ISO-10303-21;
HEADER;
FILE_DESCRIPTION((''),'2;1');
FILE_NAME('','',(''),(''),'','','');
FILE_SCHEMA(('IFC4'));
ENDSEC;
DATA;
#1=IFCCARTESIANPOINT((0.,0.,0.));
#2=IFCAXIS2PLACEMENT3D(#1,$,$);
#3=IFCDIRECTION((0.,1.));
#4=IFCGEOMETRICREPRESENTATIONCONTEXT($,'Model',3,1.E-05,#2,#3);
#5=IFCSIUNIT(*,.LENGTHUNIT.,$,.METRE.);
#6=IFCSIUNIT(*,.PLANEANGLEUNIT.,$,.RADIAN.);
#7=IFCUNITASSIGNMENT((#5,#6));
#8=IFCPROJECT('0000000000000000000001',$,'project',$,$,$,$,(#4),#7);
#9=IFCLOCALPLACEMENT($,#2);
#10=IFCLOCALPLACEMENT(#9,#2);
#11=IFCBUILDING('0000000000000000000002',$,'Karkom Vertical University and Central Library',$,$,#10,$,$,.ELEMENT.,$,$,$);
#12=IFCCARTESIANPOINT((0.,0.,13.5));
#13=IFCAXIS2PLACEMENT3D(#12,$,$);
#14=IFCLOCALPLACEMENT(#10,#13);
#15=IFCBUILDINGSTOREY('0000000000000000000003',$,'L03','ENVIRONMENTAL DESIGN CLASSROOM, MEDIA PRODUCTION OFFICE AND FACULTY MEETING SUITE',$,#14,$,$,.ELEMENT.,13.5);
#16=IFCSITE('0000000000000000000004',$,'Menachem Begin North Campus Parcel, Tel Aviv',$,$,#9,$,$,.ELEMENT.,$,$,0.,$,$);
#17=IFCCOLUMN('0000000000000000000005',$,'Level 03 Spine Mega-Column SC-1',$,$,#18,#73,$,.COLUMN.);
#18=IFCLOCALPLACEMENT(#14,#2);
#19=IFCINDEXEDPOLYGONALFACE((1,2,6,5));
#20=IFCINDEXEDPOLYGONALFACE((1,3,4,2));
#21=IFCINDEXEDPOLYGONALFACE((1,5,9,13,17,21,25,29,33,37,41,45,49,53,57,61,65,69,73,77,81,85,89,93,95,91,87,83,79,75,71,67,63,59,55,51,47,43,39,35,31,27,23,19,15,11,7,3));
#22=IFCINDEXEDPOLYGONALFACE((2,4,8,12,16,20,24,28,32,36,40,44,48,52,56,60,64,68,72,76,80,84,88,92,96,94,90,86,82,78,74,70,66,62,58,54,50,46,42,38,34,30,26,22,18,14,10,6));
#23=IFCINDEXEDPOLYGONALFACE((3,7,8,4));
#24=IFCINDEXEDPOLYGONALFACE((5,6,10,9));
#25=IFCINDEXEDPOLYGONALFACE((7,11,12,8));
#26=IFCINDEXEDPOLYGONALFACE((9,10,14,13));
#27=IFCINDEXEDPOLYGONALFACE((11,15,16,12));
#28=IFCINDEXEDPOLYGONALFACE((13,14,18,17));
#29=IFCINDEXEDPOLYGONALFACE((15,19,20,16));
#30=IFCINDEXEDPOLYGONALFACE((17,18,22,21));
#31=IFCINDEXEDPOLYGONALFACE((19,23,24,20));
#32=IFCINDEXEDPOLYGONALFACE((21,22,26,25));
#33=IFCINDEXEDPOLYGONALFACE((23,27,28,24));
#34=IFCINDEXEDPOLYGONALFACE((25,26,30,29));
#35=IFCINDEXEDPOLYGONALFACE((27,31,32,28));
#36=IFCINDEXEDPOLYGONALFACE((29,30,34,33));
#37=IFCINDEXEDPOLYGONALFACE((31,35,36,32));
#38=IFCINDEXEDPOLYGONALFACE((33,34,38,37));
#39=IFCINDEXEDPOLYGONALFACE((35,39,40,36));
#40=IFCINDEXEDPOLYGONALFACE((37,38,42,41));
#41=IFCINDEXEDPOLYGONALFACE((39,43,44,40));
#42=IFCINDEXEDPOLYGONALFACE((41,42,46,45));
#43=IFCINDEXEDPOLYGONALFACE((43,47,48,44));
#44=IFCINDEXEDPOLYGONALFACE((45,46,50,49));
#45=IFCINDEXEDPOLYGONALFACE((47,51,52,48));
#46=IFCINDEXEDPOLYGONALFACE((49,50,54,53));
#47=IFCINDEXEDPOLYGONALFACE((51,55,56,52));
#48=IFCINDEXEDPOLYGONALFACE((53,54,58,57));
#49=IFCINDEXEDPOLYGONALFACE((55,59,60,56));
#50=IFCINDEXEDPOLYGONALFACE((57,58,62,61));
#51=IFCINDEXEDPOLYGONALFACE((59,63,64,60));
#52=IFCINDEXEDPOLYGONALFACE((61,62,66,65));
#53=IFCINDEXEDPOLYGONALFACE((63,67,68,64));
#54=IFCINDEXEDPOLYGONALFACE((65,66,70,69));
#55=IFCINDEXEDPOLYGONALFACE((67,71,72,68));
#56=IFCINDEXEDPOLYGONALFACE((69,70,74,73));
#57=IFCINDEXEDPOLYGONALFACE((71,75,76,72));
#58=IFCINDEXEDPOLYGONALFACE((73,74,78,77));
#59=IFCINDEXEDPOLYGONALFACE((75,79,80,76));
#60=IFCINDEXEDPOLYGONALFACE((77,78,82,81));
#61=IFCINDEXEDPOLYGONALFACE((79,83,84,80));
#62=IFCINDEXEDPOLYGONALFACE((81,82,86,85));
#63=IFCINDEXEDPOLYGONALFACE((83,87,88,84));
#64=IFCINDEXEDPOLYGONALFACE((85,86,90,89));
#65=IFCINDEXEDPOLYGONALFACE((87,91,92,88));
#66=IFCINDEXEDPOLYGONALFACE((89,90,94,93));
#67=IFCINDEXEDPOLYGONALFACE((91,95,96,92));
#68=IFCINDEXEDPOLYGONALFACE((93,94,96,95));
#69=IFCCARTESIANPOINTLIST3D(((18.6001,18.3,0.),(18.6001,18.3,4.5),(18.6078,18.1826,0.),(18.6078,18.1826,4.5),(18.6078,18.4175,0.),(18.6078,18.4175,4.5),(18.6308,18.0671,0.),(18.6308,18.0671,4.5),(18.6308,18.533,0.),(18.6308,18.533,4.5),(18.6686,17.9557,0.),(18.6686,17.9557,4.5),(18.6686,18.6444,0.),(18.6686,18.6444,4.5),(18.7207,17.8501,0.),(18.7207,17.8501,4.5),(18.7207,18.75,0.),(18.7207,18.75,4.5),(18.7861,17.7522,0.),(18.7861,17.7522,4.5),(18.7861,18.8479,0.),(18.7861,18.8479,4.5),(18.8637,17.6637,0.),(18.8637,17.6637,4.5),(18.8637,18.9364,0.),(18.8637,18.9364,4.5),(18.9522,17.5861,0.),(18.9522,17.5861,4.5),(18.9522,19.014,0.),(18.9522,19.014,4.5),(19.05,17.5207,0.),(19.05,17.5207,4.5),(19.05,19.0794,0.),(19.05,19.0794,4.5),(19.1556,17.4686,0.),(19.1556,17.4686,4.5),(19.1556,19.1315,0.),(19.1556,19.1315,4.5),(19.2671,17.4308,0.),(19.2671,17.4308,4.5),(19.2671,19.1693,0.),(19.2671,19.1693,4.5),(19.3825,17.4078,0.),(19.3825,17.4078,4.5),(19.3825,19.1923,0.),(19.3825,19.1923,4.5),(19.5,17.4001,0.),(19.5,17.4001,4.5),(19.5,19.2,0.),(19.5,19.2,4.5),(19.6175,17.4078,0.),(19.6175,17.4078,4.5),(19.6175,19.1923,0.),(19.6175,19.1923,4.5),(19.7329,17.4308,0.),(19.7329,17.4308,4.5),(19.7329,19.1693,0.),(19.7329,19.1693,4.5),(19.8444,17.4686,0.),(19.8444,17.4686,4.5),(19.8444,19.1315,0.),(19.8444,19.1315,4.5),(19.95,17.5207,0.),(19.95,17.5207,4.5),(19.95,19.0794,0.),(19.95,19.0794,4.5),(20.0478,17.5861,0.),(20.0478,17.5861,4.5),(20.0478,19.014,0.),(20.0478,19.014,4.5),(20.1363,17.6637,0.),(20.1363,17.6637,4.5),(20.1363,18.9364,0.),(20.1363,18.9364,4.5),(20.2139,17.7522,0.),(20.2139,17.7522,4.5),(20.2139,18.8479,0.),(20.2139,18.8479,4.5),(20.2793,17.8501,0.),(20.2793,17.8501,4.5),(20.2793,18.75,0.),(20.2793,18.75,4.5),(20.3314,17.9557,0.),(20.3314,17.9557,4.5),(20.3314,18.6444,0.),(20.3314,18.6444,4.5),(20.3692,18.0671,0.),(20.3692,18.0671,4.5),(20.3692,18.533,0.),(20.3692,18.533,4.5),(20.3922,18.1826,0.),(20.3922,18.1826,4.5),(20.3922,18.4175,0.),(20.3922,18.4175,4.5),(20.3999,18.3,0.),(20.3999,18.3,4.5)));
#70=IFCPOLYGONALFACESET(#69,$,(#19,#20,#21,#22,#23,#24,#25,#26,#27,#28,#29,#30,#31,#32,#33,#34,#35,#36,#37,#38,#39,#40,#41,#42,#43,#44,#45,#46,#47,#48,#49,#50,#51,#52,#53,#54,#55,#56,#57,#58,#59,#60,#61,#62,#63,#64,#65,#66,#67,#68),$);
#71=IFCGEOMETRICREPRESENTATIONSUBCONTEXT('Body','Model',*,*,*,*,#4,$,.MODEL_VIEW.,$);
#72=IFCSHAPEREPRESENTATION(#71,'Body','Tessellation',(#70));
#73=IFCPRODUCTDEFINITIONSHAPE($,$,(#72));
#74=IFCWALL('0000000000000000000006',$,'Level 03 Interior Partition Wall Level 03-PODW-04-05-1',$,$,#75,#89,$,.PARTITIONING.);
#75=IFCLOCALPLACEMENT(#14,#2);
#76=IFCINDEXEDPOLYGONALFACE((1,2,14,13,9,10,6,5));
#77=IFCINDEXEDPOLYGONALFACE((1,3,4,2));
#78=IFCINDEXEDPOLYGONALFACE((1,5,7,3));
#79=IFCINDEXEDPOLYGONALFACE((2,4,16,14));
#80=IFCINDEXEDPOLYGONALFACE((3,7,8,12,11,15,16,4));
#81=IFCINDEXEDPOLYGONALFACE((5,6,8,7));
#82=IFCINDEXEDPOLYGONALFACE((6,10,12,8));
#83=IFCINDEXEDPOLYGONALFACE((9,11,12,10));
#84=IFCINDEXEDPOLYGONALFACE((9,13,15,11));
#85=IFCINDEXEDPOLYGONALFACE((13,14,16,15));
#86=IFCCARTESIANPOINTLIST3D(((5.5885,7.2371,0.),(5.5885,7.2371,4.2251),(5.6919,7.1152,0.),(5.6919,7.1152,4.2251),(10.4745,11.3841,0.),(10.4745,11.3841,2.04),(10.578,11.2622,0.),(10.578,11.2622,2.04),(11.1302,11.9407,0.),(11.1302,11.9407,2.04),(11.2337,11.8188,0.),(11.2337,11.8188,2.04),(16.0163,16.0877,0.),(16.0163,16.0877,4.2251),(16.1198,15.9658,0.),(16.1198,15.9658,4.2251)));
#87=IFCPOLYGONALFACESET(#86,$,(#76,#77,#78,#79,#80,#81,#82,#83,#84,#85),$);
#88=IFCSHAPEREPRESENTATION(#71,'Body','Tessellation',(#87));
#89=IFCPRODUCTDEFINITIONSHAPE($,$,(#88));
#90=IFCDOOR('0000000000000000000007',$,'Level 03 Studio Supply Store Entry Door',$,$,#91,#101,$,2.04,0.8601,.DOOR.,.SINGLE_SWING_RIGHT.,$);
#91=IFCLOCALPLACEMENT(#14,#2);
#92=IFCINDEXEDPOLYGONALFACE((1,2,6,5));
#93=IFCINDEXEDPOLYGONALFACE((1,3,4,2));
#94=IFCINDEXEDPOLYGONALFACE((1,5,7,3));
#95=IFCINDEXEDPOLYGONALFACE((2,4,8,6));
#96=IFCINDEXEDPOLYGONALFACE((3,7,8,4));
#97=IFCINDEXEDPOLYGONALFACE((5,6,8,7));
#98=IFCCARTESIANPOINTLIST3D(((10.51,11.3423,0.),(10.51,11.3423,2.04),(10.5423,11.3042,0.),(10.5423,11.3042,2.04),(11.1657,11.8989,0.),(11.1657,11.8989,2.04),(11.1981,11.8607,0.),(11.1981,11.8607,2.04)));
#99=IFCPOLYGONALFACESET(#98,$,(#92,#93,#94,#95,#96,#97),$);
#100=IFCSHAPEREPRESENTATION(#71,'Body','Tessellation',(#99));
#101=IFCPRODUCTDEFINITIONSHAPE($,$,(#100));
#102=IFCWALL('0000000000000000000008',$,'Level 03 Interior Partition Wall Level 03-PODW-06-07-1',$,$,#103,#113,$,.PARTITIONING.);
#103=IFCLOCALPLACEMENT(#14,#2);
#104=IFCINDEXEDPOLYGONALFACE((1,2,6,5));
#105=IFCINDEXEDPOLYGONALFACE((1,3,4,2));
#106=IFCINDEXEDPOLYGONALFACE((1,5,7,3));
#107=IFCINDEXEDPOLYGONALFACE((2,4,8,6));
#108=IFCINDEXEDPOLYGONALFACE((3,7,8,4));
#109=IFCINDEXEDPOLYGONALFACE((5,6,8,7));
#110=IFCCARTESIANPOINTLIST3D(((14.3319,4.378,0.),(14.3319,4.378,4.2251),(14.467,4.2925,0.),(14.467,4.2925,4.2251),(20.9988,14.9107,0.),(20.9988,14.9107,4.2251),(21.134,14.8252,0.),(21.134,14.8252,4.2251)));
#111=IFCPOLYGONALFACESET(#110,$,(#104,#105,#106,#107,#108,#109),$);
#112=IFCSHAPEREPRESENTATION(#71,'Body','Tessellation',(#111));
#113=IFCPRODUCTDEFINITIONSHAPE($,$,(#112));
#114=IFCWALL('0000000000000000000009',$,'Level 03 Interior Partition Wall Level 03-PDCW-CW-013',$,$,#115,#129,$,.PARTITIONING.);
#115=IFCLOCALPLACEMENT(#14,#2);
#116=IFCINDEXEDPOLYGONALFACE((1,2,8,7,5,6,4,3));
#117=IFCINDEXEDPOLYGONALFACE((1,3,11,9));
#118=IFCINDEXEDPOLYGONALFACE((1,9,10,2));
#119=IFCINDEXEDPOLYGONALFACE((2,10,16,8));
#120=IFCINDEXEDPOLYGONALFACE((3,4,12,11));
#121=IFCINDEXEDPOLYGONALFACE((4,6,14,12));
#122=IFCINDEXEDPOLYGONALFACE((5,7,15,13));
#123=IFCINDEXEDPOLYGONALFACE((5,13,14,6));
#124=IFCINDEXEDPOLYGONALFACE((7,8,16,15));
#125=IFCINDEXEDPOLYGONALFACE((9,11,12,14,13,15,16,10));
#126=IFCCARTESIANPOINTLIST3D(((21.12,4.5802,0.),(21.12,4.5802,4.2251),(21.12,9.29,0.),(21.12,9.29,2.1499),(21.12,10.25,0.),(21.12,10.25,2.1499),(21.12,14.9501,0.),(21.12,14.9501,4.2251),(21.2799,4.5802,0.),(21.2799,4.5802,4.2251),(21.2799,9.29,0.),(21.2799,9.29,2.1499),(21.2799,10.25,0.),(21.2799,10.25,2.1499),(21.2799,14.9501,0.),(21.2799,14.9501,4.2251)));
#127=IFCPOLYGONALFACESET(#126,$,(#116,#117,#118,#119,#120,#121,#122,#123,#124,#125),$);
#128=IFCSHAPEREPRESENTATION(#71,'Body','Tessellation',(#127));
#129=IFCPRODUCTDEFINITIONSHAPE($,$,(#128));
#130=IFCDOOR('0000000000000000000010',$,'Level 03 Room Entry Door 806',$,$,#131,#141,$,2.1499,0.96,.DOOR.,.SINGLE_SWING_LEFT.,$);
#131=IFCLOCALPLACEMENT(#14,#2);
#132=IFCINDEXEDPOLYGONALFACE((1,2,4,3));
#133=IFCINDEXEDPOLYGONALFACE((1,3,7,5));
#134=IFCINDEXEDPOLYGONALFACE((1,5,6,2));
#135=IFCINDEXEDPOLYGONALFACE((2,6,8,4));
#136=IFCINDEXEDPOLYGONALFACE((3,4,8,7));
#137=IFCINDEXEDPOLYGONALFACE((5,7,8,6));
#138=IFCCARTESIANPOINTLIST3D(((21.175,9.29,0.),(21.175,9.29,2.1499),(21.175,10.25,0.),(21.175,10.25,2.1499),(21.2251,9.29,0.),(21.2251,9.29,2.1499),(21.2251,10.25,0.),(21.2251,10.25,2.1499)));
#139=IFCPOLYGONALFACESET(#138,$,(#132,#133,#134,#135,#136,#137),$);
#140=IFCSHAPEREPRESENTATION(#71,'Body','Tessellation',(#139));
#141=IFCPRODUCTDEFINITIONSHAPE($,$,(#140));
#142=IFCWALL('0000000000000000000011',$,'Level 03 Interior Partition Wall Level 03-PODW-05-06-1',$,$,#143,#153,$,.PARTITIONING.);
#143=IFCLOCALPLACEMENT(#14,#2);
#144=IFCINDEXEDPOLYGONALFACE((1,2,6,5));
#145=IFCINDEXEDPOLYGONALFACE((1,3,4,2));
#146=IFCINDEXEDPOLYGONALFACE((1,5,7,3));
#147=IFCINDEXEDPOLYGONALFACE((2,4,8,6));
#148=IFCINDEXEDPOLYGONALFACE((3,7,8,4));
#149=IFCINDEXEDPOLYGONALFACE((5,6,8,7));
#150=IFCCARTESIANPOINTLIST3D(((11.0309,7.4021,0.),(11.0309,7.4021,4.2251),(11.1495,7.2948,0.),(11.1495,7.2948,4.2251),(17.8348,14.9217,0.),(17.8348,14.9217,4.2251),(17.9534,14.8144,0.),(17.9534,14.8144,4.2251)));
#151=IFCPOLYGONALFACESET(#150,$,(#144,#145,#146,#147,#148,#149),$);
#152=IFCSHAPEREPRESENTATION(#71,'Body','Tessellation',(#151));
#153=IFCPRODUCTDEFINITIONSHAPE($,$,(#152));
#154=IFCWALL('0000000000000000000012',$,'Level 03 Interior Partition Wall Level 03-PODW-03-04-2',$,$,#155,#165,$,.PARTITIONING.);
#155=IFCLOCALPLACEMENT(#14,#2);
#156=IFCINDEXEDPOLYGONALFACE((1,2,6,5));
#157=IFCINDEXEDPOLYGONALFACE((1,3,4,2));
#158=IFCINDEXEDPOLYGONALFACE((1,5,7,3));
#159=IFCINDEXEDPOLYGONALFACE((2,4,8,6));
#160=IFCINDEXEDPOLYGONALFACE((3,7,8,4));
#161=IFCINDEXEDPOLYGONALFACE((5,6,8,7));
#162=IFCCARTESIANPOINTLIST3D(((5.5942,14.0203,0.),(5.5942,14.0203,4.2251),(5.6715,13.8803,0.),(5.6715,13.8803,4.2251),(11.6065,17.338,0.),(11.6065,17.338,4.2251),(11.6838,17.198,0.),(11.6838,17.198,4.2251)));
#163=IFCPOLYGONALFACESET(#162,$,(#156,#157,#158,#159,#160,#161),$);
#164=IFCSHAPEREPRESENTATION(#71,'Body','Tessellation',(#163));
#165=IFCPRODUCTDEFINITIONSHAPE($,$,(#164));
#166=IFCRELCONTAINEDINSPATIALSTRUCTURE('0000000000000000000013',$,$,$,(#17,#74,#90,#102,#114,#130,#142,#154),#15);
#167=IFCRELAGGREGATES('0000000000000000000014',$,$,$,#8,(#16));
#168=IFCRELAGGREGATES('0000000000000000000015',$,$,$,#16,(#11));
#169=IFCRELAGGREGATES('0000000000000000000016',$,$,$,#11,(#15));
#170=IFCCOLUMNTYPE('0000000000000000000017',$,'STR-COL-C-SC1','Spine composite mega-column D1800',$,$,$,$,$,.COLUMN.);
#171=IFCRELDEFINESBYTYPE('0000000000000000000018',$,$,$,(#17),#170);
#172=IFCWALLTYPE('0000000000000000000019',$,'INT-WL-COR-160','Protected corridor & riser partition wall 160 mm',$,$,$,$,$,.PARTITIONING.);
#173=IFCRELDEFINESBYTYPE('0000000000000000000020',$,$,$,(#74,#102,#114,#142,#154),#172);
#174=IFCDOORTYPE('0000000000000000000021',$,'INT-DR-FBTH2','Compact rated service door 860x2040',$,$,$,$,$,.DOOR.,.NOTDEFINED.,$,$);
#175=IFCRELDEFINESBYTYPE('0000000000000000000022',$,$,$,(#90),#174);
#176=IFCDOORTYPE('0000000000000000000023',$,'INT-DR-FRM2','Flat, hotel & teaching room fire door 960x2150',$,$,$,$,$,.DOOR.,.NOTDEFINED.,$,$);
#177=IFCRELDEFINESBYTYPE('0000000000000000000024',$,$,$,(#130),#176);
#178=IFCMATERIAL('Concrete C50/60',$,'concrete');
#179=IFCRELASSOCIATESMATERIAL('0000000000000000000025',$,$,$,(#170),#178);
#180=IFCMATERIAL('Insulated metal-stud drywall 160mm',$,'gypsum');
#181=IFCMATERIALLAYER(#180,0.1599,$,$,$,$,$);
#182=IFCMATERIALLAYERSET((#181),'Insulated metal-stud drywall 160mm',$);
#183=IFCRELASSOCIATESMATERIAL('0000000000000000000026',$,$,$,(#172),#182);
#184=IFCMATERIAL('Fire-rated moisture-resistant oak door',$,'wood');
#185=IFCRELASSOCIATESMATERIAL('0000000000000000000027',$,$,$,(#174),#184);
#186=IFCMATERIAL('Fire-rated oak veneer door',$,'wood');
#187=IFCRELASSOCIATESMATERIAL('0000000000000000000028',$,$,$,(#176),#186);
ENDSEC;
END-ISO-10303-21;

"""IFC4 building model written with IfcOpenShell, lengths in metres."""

from ifc_helpers import new_model, si_unit, direction, frame, frame_2d, origin, origin_with_axes, origin_2d, place, context, subcontext, project, spatial, rectangle, circle, extrude, source, transform, mapped, material, layer, layer_set, material_profile, profile_set, type_object, element, fill, save


model = new_model("IFC4")

# Units and contexts
model_context = context("Model", 3, precision=1e-05, world=origin(), true_north=direction((0.0, 1.0)))
body_context = subcontext(model_context, "Body", "Model", "MODEL_VIEW")
ifc_project = project(units=[si_unit("LENGTHUNIT", "METRE"), si_unit("PLANEANGLEUNIT", "RADIAN")], contexts=[model_context])

# Site, building, storey
site_placement = place(None, origin())
site = spatial("IfcSite", under=ifc_project, at=site_placement, Name="Menachem Begin North Campus Parcel, Tel Aviv", CompositionType="ELEMENT", RefElevation=0.0)
building_placement = place(site_placement, origin())
building = spatial("IfcBuilding", under=site, at=building_placement, Name="Karkom Vertical University and Central Library", CompositionType="ELEMENT")
storey_placement = place(building_placement, frame((0.0, 0.0, 13.5)))
storey = spatial("IfcBuildingStorey", under=building, at=storey_placement, Name="L03", Description="ENVIRONMENTAL DESIGN CLASSROOM, MEDIA PRODUCTION OFFICE AND FACULTY MEETING SUITE", CompositionType="ELEMENT", Elevation=13.5)

# Column
ifc_material_1 = material(Name="Concrete C50/60", Category="concrete")
ifc_material_profile = material_profile(ifc_material_1, circle(Radius=0.8999, at=origin_2d()), Name="CFT-D1800")
ifc_profile_set = profile_set([ifc_material_profile], Name="Concrete C50/60")
column_type = type_object("IfcColumnType", Name="STR-COL-C-SC1", Description="Spine composite mega-column D1800", PredefinedType="COLUMN", material=ifc_profile_set)
shared_shape_1 = source(origin_with_axes(), body_context, "Body", "SweptSolid", [
    extrude(circle(Radius=0.8999, at=origin_2d()), origin(), (0.0, 0.0, 1.0), 4.5),
])
column_placement = place(storey_placement, frame((19.5, 18.3, 0.0), z_axis=(0.0, 0.0, 1.0), x_axis=(1.0, 0.0, 0.0)))
element("IfcColumn", 1, at=column_placement, inside=storey, type_object=column_type, Name="Level 03 Spine Mega-Column SC-1", PredefinedType="COLUMN", context=body_context, shape_type="MappedRepresentation", body=[
    mapped(shared_shape_1, transform((0.0, 0.0, 0.0), scale=1.0)),
])

# Wall, opening, door
ifc_material_2 = material(Name="Insulated metal-stud drywall 160mm", Category="gypsum")
ifc_layer_1 = layer(ifc_material_2, 0.1599)
ifc_layer_set_1 = layer_set([ifc_layer_1], Name="Insulated metal-stud drywall 160mm")
wall_type_1 = type_object("IfcWallType", Name="INT-WL-COR-160", Description="Protected corridor & riser partition wall 160 mm", PredefinedType="PARTITIONING", material=ifc_layer_set_1)
wall_1_placement = place(storey_placement, frame((16.0681, 16.0269, 0.0), z_axis=(0.0, 0.0, 1.0), x_axis=(-0.762408, -0.647097, 0.0)))
wall_1 = element("IfcWall", 2, at=wall_1_placement, inside=storey, type_object=wall_type_1, Name="Level 03 Interior Partition Wall Level 03-PODW-04-05-1", PredefinedType="PARTITIONING", context=body_context, shape_type="SweptSolid", body=[
    extrude(rectangle(XDim=13.6775, YDim=0.1599, at=frame_2d((6.8389, 0.0))), origin(), (0.0, 0.0, 1.0), 4.2251),
])
opening_1_placement = place(wall_1_placement, frame((6.4087, 0.0, 0.0)))
opening_1 = element("IfcOpeningElement", 3, at=opening_1_placement, cuts=wall_1, PredefinedType="OPENING", context=body_context, shape_type="SweptSolid", body=[
    extrude(rectangle(XDim=0.8601, YDim=2.04, at=frame_2d((0.4302, 1.02))), frame((0.0, 0.0898, 0.0), z_axis=(0.0, -1.0, 0.0), x_axis=(1.0, 0.0, 0.0)), (0.0, 0.0, 1.0), 0.1799),
])
ifc_material_3 = material(Name="Fire-rated moisture-resistant oak door", Category="wood")
door_type_1 = type_object("IfcDoorType", Name="INT-DR-FBTH2", Description="Compact rated service door 860x2040", OperationType="NOTDEFINED", PredefinedType="DOOR", material=ifc_material_3)
shared_shape_2 = source(origin_with_axes(), body_context, "Body", "SweptSolid", [
    extrude(rectangle(XDim=0.8601, YDim=2.04, at=frame_2d((0.4302, 1.02))), frame((0.0, 0.0249, 0.0), z_axis=(0.0, -1.0, 0.0), x_axis=(1.0, 0.0, 0.0)), (0.0, 0.0, 1.0), 0.05),
])
door_1_placement = place(opening_1_placement, origin())
door_1 = element("IfcDoor", 4, at=door_1_placement, inside=storey, type_object=door_type_1, Name="Level 03 Studio Supply Store Entry Door", OperationType="SINGLE_SWING_RIGHT", OverallHeight=2.04, OverallWidth=0.8601, PredefinedType="DOOR", context=body_context, shape_type="MappedRepresentation", body=[
    mapped(shared_shape_2, transform((0.0, 0.0, 0.0), scale=1.0)),
])
fill(opening_1, door_1)

# Wall
wall_2_placement = place(storey_placement, frame((21.0664, 14.8679, 0.0), z_axis=(0.0, 0.0, 1.0), x_axis=(-0.534839, -0.844954, 0.0)))
element("IfcWall", 5, at=wall_2_placement, inside=storey, type_object=wall_type_1, Name="Level 03 Interior Partition Wall Level 03-PODW-06-07-1", PredefinedType="PARTITIONING", context=body_context, shape_type="SweptSolid", body=[
    extrude(rectangle(XDim=12.4653, YDim=0.1599, at=frame_2d((6.2327, 0.0))), origin(), (0.0, 0.0, 1.0), 4.2251),
])

# Wall, opening, door
wall_3_placement = place(storey_placement, frame((21.2, 4.5801, 0.0), z_axis=(0.0, 0.0, 1.0), x_axis=(0.0, 1.0, 0.0)))
wall_3 = element("IfcWall", 6, at=wall_3_placement, inside=storey, type_object=wall_type_1, Name="Level 03 Interior Partition Wall Level 03-PDCW-CW-013", PredefinedType="PARTITIONING", context=body_context, shape_type="SweptSolid", body=[
    extrude(rectangle(XDim=10.3699, YDim=0.1599, at=frame_2d((5.1851, 0.0))), origin(), (0.0, 0.0, 1.0), 4.2251),
])
opening_2_placement = place(wall_3_placement, frame((4.71, 0.0, 0.0)))
opening_2 = element("IfcOpeningElement", 7, at=opening_2_placement, cuts=wall_3, PredefinedType="OPENING", context=body_context, shape_type="SweptSolid", body=[
    extrude(rectangle(XDim=0.96, YDim=2.1499, at=frame_2d((0.48, 1.075))), frame((0.0, 0.0898, 0.0), z_axis=(0.0, -1.0, 0.0), x_axis=(1.0, 0.0, 0.0)), (0.0, 0.0, 1.0), 0.1799),
])
ifc_material_4 = material(Name="Fire-rated oak veneer door", Category="wood")
door_type_2 = type_object("IfcDoorType", Name="INT-DR-FRM2", Description="Flat, hotel & teaching room fire door 960x2150", OperationType="NOTDEFINED", PredefinedType="DOOR", material=ifc_material_4)
shared_shape_3 = source(origin_with_axes(), body_context, "Body", "SweptSolid", [
    extrude(rectangle(XDim=0.96, YDim=2.1499, at=frame_2d((0.48, 1.075))), frame((0.0, 0.0249, 0.0), z_axis=(0.0, -1.0, 0.0), x_axis=(1.0, 0.0, 0.0)), (0.0, 0.0, 1.0), 0.05),
])
door_2_placement = place(opening_2_placement, origin())
door_2 = element("IfcDoor", 8, at=door_2_placement, inside=storey, type_object=door_type_2, Name="Level 03 Room Entry Door 806", OperationType="SINGLE_SWING_LEFT", OverallHeight=2.1499, OverallWidth=0.96, PredefinedType="DOOR", context=body_context, shape_type="MappedRepresentation", body=[
    mapped(shared_shape_3, transform((0.0, 0.0, 0.0), scale=1.0)),
])
fill(opening_2, door_2)

# Walls
wall_4_placement = place(storey_placement, frame((17.894, 14.8679, 0.0), z_axis=(0.0, 0.0, 1.0), x_axis=(-0.670944, -0.741508, 0.0)))
element("IfcWall", 9, at=wall_4_placement, inside=storey, type_object=wall_type_1, Name="Level 03 Interior Partition Wall Level 03-PODW-05-06-1", PredefinedType="PARTITIONING", context=body_context, shape_type="SweptSolid", body=[
    extrude(rectangle(XDim=10.1409, YDim=0.1599, at=frame_2d((5.0703, 0.0))), origin(), (0.0, 0.0, 1.0), 4.2251),
])
wall_5_placement = place(storey_placement, frame((11.6453, 17.2681, 0.0), z_axis=(0.0, 0.0, 1.0), x_axis=(-0.875544, -0.483138, 0.0)))
element("IfcWall", 10, at=wall_5_placement, inside=storey, type_object=wall_type_1, Name="Level 03 Interior Partition Wall Level 03-PODW-03-04-2", PredefinedType="PARTITIONING", context=body_context, shape_type="SweptSolid", body=[
    extrude(rectangle(XDim=6.8669, YDim=0.1599, at=frame_2d((3.4336, 0.0))), origin(), (0.0, 0.0, 1.0), 4.2251),
])

save(model, "model.ifc")
